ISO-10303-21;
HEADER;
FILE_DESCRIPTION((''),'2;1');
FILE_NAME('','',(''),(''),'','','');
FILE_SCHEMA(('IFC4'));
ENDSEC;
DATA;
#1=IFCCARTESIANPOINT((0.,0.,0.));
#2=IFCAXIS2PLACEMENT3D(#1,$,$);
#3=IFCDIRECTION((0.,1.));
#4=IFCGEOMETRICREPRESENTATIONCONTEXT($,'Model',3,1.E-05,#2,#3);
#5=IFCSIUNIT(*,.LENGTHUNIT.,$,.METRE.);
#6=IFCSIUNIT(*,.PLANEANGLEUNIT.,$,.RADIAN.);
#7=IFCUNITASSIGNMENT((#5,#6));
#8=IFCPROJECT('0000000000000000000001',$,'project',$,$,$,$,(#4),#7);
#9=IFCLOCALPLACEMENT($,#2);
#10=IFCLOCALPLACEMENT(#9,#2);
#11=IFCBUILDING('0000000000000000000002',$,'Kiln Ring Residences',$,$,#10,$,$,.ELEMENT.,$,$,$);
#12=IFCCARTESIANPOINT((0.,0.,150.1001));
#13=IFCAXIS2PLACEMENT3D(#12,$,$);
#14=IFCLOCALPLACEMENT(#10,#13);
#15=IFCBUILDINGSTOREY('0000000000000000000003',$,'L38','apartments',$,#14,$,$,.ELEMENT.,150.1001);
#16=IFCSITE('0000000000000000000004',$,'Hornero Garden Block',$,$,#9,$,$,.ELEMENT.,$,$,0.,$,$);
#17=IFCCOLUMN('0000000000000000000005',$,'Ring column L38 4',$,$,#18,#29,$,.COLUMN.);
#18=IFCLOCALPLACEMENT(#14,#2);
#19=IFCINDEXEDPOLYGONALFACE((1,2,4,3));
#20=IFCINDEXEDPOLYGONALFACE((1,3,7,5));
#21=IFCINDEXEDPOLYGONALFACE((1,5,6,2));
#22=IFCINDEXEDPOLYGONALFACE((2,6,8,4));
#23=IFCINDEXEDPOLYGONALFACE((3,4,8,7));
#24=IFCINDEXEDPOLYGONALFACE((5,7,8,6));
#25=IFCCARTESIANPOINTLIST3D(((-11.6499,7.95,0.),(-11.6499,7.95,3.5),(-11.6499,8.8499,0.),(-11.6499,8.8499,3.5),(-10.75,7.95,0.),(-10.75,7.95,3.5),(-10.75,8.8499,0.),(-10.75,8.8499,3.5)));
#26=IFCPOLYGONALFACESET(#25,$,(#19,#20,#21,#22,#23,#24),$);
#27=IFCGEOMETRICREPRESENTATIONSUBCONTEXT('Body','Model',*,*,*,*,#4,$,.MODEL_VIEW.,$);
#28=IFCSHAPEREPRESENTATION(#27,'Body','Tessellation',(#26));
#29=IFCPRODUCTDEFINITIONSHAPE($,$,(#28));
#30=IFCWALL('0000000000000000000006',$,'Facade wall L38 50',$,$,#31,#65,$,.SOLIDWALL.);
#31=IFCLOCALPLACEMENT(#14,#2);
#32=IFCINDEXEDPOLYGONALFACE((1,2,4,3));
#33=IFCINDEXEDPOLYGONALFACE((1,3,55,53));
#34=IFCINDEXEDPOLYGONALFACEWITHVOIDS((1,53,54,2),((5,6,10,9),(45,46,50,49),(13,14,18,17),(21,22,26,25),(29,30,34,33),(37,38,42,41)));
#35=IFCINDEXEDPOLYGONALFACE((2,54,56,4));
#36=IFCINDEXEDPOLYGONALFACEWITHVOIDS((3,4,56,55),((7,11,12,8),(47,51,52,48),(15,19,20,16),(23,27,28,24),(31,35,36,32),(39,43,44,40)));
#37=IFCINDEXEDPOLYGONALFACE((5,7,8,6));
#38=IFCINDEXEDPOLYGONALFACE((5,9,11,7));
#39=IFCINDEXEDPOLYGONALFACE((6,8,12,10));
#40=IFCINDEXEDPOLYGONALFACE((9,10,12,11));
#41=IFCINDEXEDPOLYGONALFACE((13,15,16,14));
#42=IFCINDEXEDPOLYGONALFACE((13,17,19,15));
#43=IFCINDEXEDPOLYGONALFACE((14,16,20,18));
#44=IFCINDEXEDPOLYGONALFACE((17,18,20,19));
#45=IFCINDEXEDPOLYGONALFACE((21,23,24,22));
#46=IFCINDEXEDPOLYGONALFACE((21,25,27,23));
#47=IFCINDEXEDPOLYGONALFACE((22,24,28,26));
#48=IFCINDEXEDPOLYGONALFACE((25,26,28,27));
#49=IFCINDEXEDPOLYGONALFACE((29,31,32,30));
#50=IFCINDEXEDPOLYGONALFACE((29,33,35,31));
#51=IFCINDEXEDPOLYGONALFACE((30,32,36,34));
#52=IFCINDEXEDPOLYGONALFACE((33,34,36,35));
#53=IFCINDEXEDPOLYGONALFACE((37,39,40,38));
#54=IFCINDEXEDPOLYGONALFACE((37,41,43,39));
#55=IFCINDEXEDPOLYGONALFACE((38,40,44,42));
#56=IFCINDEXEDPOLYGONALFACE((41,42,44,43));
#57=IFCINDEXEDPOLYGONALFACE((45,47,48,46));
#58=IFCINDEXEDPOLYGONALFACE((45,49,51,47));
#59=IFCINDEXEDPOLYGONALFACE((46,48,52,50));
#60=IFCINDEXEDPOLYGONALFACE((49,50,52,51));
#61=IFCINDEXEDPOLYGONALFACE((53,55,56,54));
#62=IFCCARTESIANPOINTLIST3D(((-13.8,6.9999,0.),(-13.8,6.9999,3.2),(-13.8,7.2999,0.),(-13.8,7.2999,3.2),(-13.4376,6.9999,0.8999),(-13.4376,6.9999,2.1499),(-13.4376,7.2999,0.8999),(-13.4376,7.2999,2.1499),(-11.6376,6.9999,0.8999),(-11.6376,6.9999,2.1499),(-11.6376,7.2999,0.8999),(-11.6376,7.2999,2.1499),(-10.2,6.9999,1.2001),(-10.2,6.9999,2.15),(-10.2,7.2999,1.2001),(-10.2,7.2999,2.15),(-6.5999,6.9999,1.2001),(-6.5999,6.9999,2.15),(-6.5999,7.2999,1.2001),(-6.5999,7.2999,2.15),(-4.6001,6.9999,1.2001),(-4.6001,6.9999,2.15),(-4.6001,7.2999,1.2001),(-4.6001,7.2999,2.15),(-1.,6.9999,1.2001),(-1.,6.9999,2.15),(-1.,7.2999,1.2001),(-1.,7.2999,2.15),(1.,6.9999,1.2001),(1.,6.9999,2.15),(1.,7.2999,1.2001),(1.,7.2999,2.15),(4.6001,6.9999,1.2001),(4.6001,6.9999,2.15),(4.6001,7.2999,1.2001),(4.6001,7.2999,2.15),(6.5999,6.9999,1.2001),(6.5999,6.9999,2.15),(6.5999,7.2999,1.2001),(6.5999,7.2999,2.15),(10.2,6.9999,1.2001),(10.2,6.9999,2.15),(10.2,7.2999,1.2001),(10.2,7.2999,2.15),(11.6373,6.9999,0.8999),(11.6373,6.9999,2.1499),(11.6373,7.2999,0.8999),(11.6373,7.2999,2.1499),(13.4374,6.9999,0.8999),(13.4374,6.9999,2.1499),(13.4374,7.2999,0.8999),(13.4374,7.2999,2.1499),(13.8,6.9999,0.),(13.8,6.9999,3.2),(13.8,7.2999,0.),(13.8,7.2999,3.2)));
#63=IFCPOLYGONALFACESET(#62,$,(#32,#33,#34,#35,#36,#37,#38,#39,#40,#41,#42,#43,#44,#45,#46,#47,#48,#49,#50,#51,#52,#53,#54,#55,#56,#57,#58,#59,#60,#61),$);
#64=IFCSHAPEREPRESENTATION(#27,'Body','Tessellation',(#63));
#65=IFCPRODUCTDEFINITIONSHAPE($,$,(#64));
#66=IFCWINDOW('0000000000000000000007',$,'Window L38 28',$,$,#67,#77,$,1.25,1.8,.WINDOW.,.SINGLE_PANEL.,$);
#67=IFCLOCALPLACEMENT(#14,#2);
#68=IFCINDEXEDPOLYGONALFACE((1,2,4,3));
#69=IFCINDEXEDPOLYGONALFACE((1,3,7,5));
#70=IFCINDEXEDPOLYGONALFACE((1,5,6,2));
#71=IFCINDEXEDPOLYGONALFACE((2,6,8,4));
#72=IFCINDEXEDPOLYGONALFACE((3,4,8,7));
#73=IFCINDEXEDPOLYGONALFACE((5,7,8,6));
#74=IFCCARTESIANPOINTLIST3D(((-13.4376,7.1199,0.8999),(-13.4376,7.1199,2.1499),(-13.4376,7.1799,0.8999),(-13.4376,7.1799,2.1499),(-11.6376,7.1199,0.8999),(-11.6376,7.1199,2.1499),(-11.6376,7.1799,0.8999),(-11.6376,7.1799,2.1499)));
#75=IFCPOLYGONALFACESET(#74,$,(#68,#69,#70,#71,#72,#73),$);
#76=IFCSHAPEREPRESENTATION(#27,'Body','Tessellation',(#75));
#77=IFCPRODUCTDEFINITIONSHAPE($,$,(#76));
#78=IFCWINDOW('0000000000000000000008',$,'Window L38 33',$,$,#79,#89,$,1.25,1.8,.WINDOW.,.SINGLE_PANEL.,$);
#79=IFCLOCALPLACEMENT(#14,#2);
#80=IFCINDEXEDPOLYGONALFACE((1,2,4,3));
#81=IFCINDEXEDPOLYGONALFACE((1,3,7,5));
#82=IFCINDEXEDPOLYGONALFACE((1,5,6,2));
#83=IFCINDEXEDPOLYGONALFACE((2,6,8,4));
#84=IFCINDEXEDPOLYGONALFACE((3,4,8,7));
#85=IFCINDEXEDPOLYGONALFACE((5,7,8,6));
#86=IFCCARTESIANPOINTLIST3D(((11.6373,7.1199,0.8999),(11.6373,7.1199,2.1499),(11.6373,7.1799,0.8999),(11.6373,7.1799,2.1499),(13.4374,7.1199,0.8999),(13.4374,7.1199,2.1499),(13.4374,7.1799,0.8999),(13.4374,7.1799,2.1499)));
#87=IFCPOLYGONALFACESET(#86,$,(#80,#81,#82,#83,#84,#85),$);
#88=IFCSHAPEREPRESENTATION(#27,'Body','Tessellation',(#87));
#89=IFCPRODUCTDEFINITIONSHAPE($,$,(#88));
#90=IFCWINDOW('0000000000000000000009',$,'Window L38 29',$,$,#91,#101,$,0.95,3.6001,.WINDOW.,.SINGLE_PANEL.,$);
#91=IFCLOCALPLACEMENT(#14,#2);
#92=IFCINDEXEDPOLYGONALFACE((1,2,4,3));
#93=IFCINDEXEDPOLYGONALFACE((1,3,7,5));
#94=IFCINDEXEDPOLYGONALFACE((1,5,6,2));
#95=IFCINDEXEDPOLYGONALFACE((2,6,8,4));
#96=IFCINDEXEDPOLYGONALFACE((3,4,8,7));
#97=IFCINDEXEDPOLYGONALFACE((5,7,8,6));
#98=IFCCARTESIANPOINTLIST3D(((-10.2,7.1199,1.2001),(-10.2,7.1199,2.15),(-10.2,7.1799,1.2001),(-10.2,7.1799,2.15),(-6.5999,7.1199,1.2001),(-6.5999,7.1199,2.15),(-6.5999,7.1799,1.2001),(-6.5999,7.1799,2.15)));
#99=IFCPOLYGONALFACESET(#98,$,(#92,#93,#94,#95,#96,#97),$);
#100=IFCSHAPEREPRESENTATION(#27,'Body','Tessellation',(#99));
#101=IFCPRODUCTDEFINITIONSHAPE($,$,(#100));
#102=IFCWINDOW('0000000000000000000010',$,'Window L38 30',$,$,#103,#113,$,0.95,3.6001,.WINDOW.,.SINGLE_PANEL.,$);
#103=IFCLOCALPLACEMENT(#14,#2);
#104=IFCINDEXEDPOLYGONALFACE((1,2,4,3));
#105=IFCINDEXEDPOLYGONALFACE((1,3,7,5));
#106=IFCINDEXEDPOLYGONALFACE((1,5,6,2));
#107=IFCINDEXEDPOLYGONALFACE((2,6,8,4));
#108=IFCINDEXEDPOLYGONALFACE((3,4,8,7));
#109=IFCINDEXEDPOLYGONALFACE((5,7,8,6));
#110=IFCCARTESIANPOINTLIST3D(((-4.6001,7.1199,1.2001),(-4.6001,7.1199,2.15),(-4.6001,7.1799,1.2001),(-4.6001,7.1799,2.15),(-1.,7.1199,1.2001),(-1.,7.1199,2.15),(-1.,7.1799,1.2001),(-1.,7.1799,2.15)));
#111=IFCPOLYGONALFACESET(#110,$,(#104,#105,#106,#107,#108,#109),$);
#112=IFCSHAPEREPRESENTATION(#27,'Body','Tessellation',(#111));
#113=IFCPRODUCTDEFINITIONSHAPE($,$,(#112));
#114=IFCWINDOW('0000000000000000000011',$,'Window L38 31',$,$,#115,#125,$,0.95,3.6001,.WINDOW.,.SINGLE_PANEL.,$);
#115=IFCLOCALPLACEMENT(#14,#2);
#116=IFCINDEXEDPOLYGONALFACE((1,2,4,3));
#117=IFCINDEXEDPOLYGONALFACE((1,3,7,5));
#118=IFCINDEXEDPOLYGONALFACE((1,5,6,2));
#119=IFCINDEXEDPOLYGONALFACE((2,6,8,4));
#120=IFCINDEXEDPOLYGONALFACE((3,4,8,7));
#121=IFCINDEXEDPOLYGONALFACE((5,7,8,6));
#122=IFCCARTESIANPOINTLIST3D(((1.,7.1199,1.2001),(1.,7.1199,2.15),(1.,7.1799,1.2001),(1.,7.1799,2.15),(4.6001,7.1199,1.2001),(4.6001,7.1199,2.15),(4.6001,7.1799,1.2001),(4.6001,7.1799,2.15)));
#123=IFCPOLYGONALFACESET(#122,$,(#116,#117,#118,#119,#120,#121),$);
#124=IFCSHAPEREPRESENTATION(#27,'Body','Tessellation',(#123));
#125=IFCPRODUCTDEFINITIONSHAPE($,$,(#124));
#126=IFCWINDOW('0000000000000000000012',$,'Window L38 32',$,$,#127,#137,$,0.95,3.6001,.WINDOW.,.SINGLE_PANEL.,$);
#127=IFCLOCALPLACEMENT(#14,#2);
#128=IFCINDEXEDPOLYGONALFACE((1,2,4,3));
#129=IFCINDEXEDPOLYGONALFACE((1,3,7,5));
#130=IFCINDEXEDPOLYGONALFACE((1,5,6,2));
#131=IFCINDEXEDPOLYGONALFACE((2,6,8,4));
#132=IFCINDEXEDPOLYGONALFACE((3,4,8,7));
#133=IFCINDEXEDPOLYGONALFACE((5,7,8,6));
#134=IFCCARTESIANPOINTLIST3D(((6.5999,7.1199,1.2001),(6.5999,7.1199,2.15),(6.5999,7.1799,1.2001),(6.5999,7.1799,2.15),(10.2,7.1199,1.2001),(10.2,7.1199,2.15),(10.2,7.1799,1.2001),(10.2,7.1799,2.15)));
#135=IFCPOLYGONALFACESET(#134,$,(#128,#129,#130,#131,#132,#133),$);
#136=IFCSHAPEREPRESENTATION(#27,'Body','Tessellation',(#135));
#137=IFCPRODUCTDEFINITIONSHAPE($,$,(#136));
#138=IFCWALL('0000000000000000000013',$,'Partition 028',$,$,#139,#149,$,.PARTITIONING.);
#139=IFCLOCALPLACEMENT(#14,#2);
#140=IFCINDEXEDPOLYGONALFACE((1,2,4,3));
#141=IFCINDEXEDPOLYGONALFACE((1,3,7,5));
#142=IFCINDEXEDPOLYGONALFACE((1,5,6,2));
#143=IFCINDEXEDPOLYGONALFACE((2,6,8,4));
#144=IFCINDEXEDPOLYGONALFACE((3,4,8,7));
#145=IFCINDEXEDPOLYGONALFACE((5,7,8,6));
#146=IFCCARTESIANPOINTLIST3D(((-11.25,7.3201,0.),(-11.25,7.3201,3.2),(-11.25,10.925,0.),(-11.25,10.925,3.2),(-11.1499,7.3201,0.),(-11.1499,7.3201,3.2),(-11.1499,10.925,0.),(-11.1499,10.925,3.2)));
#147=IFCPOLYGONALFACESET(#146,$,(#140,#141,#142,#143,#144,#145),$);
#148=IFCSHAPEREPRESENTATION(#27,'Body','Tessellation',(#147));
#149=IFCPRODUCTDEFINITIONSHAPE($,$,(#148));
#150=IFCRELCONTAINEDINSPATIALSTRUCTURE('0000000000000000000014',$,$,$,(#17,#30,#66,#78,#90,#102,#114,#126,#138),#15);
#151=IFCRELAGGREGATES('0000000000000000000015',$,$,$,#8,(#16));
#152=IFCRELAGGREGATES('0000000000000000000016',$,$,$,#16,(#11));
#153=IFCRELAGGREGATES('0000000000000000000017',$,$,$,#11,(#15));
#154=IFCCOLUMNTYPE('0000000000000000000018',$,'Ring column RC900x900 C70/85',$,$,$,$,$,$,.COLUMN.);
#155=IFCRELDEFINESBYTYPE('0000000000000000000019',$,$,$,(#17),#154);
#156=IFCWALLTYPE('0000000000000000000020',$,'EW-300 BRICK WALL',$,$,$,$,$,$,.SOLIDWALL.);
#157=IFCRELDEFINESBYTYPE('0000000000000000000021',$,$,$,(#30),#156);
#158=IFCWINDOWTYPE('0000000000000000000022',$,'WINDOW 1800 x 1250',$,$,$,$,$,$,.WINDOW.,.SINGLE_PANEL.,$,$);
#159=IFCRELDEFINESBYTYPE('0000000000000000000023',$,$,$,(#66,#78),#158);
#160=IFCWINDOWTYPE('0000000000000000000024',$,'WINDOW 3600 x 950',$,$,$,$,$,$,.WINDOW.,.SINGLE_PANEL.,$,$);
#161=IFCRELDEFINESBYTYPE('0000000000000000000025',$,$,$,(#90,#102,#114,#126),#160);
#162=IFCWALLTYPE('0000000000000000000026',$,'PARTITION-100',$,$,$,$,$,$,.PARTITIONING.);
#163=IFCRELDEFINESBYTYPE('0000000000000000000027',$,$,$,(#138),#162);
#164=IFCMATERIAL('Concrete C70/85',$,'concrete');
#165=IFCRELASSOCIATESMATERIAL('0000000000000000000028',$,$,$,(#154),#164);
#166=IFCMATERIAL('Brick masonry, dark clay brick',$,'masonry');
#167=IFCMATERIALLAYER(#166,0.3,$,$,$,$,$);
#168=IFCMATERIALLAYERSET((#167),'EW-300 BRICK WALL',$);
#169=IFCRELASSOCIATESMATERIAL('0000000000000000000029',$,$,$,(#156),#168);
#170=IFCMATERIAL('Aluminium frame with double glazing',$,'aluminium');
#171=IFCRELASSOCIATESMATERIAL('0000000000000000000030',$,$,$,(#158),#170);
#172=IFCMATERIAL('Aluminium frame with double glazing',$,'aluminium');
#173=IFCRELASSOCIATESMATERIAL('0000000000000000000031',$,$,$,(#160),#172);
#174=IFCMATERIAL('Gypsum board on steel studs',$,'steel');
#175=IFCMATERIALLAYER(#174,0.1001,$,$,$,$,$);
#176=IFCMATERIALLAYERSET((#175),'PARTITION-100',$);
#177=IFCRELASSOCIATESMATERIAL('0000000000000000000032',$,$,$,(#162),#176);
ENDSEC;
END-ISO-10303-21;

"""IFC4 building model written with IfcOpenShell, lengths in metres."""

from ifc_helpers import new_model, si_unit, direction, frame, frame_2d, origin, origin_2d, place, context, subcontext, project, spatial, rectangle, extrude, material, layer, layer_set, material_profile, profile_set, type_object, element, fill, save


model = new_model("IFC4")

# Units and contexts
model_context = context("Model", 3, precision=1e-05, world=origin(), true_north=direction((0.0, 1.0)))
body_context = subcontext(model_context, "Body", "Model", "MODEL_VIEW")
ifc_project = project(units=[si_unit("LENGTHUNIT", "METRE"), si_unit("PLANEANGLEUNIT", "RADIAN")], contexts=[model_context])

# Site, building, storey
site_placement = place(None, origin())
site = spatial("IfcSite", under=ifc_project, at=site_placement, Name="Hornero Garden Block", CompositionType="ELEMENT", RefElevation=0.0)
building_placement = place(site_placement, origin())
building = spatial("IfcBuilding", under=site, at=building_placement, Name="Kiln Ring Residences", CompositionType="ELEMENT")
storey_placement = place(building_placement, frame((0.0, 0.0, 150.1001)))
storey = spatial("IfcBuildingStorey", under=building, at=storey_placement, Name="L38", Description="apartments", CompositionType="ELEMENT", Elevation=150.1001)

# Column
ifc_material_1 = material(Name="Concrete C70/85", Category="concrete")
ifc_material_profile = material_profile(ifc_material_1, rectangle(XDim=0.8999, YDim=0.8999, at=origin_2d()), Name="RC900x900")
ifc_profile_set = profile_set([ifc_material_profile], Name="Concrete C70/85")
column_type = type_object("IfcColumnType", Name="Ring column RC900x900 C70/85", PredefinedType="COLUMN", material=ifc_profile_set)
column_placement = place(storey_placement, frame((-11.2, 8.3999, 0.0), z_axis=(0.0, 0.0, 1.0), x_axis=(1.0, 0.0, 0.0)))
element("IfcColumn", 1, at=column_placement, inside=storey, type_object=column_type, Name="Ring column L38 4", PredefinedType="COLUMN", context=body_context, shape_type="SweptSolid", body=[
    extrude(rectangle(XDim=0.8999, YDim=0.8999, at=origin_2d()), origin(), (0.0, 0.0, 1.0), 3.5),
])

# Wall, openings, windows
ifc_material_2 = material(Name="Brick masonry, dark clay brick", Category="masonry")
ifc_layer_1 = layer(ifc_material_2, 0.3)
ifc_layer_set_1 = layer_set([ifc_layer_1], Name="EW-300 BRICK WALL")
wall_type_1 = type_object("IfcWallType", Name="EW-300 BRICK WALL", PredefinedType="SOLIDWALL", material=ifc_layer_set_1)
wall_1_placement = place(storey_placement, frame((-13.8, 7.1499, 0.0), z_axis=(0.0, 0.0, 1.0), x_axis=(1.0, 0.0, 0.0)))
wall_1 = element("IfcWall", 2, at=wall_1_placement, inside=storey, type_object=wall_type_1, Name="Facade wall L38 50", PredefinedType="SOLIDWALL", context=body_context, shape_type="SweptSolid", body=[
    extrude(rectangle(XDim=27.6001, YDim=0.3, at=frame_2d((13.8, 0.0))), origin(), (0.0, 0.0, 1.0), 3.2),
])
opening_1_placement = place(wall_1_placement, frame((0.3625, 0.0, 0.8999)))
opening_1 = element("IfcOpeningElement", 3, at=opening_1_placement, cuts=wall_1, PredefinedType="OPENING", context=body_context, shape_type="SweptSolid", body=[
    extrude(rectangle(XDim=1.8, YDim=1.25, at=frame_2d((0.8999, 0.625))), frame((0.0, 0.1599, 0.0), z_axis=(0.0, -1.0, 0.0), x_axis=(1.0, 0.0, 0.0)), (0.0, 0.0, 1.0), 0.3201),
])
opening_2_placement = place(wall_1_placement, frame((3.6001, 0.0, 1.2)))
opening_2 = element("IfcOpeningElement", 4, at=opening_2_placement, cuts=wall_1, PredefinedType="OPENING", context=body_context, shape_type="SweptSolid", body=[
    extrude(rectangle(XDim=3.6001, YDim=0.95, at=frame_2d((1.8, 0.4751))), frame((0.0, 0.1599, 0.0), z_axis=(0.0, -1.0, 0.0), x_axis=(1.0, 0.0, 0.0)), (0.0, 0.0, 1.0), 0.3201),
])
opening_3_placement = place(wall_1_placement, frame((9.2, 0.0, 1.2)))
opening_3 = element("IfcOpeningElement", 5, at=opening_3_placement, cuts=wall_1, PredefinedType="OPENING", context=body_context, shape_type="SweptSolid", body=[
    extrude(rectangle(XDim=3.6001, YDim=0.95, at=frame_2d((1.8, 0.4751))), frame((0.0, 0.1599, 0.0), z_axis=(0.0, -1.0, 0.0), x_axis=(1.0, 0.0, 0.0)), (0.0, 0.0, 1.0), 0.3201),
])
opening_4_placement = place(wall_1_placement, frame((14.8, 0.0, 1.2)))
opening_4 = element("IfcOpeningElement", 6, at=opening_4_placement, cuts=wall_1, PredefinedType="OPENING", context=body_context, shape_type="SweptSolid", body=[
    extrude(rectangle(XDim=3.6001, YDim=0.95, at=frame_2d((1.8, 0.4751))), frame((0.0, 0.1599, 0.0), z_axis=(0.0, -1.0, 0.0), x_axis=(1.0, 0.0, 0.0)), (0.0, 0.0, 1.0), 0.3201),
])
opening_5_placement = place(wall_1_placement, frame((20.3999, 0.0, 1.2)))
opening_5 = element("IfcOpeningElement", 7, at=opening_5_placement, cuts=wall_1, PredefinedType="OPENING", context=body_context, shape_type="SweptSolid", body=[
    extrude(rectangle(XDim=3.6001, YDim=0.95, at=frame_2d((1.8, 0.4751))), frame((0.0, 0.1599, 0.0), z_axis=(0.0, -1.0, 0.0), x_axis=(1.0, 0.0, 0.0)), (0.0, 0.0, 1.0), 0.3201),
])
opening_6_placement = place(wall_1_placement, frame((25.4375, 0.0, 0.8999)))
opening_6 = element("IfcOpeningElement", 8, at=opening_6_placement, cuts=wall_1, PredefinedType="OPENING", context=body_context, shape_type="SweptSolid", body=[
    extrude(rectangle(XDim=1.8, YDim=1.25, at=frame_2d((0.8999, 0.625))), frame((0.0, 0.1599, 0.0), z_axis=(0.0, -1.0, 0.0), x_axis=(1.0, 0.0, 0.0)), (0.0, 0.0, 1.0), 0.3201),
])
ifc_material_3 = material(Name="Aluminium frame with double glazing", Category="aluminium")
window_type_1 = type_object("IfcWindowType", Name="WINDOW 1800 x 1250", PartitioningType="SINGLE_PANEL", PredefinedType="WINDOW", material=ifc_material_3)
window_1_placement = place(opening_1_placement, origin())
window_1 = element("IfcWindow", 9, at=window_1_placement, inside=storey, type_object=window_type_1, Name="Window L38 28", OverallHeight=1.25, OverallWidth=1.8, PartitioningType="SINGLE_PANEL", PredefinedType="WINDOW", context=body_context, shape_type="SweptSolid", body=[
    extrude(rectangle(XDim=1.8, YDim=1.25, at=frame_2d((0.8999, 0.625))), frame((0.0, 0.03, 0.0), z_axis=(0.0, -1.0, 0.0), x_axis=(1.0, 0.0, 0.0)), (0.0, 0.0, 1.0), 0.0601),
])
fill(opening_1, window_1)
window_2_placement = place(opening_6_placement, origin())
window_2 = element("IfcWindow", 10, at=window_2_placement, inside=storey, type_object=window_type_1, Name="Window L38 33", OverallHeight=1.25, OverallWidth=1.8, PartitioningType="SINGLE_PANEL", PredefinedType="WINDOW", context=body_context, shape_type="SweptSolid", body=[
    extrude(rectangle(XDim=1.8, YDim=1.25, at=frame_2d((0.8999, 0.625))), frame((0.0, 0.03, 0.0), z_axis=(0.0, -1.0, 0.0), x_axis=(1.0, 0.0, 0.0)), (0.0, 0.0, 1.0), 0.0601),
])
fill(opening_6, window_2)
ifc_material_4 = material(Name="Aluminium frame with double glazing", Category="aluminium")
window_type_2 = type_object("IfcWindowType", Name="WINDOW 3600 x 950", PartitioningType="SINGLE_PANEL", PredefinedType="WINDOW", material=ifc_material_4)
window_3_placement = place(opening_2_placement, origin())
window_3 = element("IfcWindow", 11, at=window_3_placement, inside=storey, type_object=window_type_2, Name="Window L38 29", OverallHeight=0.95, OverallWidth=3.6001, PartitioningType="SINGLE_PANEL", PredefinedType="WINDOW", context=body_context, shape_type="SweptSolid", body=[
    extrude(rectangle(XDim=3.6001, YDim=0.95, at=frame_2d((1.8, 0.4751))), frame((0.0, 0.03, 0.0), z_axis=(0.0, -1.0, 0.0), x_axis=(1.0, 0.0, 0.0)), (0.0, 0.0, 1.0), 0.0601),
])
fill(opening_2, window_3)
window_4_placement = place(opening_3_placement, origin())
window_4 = element("IfcWindow", 12, at=window_4_placement, inside=storey, type_object=window_type_2, Name="Window L38 30", OverallHeight=0.95, OverallWidth=3.6001, PartitioningType="SINGLE_PANEL", PredefinedType="WINDOW", context=body_context, shape_type="SweptSolid", body=[
    extrude(rectangle(XDim=3.6001, YDim=0.95, at=frame_2d((1.8, 0.4751))), frame((0.0, 0.03, 0.0), z_axis=(0.0, -1.0, 0.0), x_axis=(1.0, 0.0, 0.0)), (0.0, 0.0, 1.0), 0.0601),
])
fill(opening_3, window_4)
window_5_placement = place(opening_4_placement, origin())
window_5 = element("IfcWindow", 13, at=window_5_placement, inside=storey, type_object=window_type_2, Name="Window L38 31", OverallHeight=0.95, OverallWidth=3.6001, PartitioningType="SINGLE_PANEL", PredefinedType="WINDOW", context=body_context, shape_type="SweptSolid", body=[
    extrude(rectangle(XDim=3.6001, YDim=0.95, at=frame_2d((1.8, 0.4751))), frame((0.0, 0.03, 0.0), z_axis=(0.0, -1.0, 0.0), x_axis=(1.0, 0.0, 0.0)), (0.0, 0.0, 1.0), 0.0601),
])
fill(opening_4, window_5)
window_6_placement = place(opening_5_placement, origin())
window_6 = element("IfcWindow", 14, at=window_6_placement, inside=storey, type_object=window_type_2, Name="Window L38 32", OverallHeight=0.95, OverallWidth=3.6001, PartitioningType="SINGLE_PANEL", PredefinedType="WINDOW", context=body_context, shape_type="SweptSolid", body=[
    extrude(rectangle(XDim=3.6001, YDim=0.95, at=frame_2d((1.8, 0.4751))), frame((0.0, 0.03, 0.0), z_axis=(0.0, -1.0, 0.0), x_axis=(1.0, 0.0, 0.0)), (0.0, 0.0, 1.0), 0.0601),
])
fill(opening_5, window_6)

# Wall
ifc_material_5 = material(Name="Gypsum board on steel studs", Category="steel")
ifc_layer_2 = layer(ifc_material_5, 0.1001)
ifc_layer_set_2 = layer_set([ifc_layer_2], Name="PARTITION-100")
wall_type_2 = type_object("IfcWallType", Name="PARTITION-100", PredefinedType="PARTITIONING", material=ifc_layer_set_2)
wall_2_placement = place(storey_placement, frame((-11.2, 7.3201, 0.0), z_axis=(0.0, 0.0, 1.0), x_axis=(0.0, 1.0, 0.0)))
element("IfcWall", 15, at=wall_2_placement, inside=storey, type_object=wall_type_2, Name="Partition 028", PredefinedType="PARTITIONING", context=body_context, shape_type="SweptSolid", body=[
    extrude(rectangle(XDim=3.605, YDim=0.1001, at=frame_2d((1.8025, 0.0))), origin(), (0.0, 0.0, 1.0), 3.2),
])

save(model, "model.ifc")
